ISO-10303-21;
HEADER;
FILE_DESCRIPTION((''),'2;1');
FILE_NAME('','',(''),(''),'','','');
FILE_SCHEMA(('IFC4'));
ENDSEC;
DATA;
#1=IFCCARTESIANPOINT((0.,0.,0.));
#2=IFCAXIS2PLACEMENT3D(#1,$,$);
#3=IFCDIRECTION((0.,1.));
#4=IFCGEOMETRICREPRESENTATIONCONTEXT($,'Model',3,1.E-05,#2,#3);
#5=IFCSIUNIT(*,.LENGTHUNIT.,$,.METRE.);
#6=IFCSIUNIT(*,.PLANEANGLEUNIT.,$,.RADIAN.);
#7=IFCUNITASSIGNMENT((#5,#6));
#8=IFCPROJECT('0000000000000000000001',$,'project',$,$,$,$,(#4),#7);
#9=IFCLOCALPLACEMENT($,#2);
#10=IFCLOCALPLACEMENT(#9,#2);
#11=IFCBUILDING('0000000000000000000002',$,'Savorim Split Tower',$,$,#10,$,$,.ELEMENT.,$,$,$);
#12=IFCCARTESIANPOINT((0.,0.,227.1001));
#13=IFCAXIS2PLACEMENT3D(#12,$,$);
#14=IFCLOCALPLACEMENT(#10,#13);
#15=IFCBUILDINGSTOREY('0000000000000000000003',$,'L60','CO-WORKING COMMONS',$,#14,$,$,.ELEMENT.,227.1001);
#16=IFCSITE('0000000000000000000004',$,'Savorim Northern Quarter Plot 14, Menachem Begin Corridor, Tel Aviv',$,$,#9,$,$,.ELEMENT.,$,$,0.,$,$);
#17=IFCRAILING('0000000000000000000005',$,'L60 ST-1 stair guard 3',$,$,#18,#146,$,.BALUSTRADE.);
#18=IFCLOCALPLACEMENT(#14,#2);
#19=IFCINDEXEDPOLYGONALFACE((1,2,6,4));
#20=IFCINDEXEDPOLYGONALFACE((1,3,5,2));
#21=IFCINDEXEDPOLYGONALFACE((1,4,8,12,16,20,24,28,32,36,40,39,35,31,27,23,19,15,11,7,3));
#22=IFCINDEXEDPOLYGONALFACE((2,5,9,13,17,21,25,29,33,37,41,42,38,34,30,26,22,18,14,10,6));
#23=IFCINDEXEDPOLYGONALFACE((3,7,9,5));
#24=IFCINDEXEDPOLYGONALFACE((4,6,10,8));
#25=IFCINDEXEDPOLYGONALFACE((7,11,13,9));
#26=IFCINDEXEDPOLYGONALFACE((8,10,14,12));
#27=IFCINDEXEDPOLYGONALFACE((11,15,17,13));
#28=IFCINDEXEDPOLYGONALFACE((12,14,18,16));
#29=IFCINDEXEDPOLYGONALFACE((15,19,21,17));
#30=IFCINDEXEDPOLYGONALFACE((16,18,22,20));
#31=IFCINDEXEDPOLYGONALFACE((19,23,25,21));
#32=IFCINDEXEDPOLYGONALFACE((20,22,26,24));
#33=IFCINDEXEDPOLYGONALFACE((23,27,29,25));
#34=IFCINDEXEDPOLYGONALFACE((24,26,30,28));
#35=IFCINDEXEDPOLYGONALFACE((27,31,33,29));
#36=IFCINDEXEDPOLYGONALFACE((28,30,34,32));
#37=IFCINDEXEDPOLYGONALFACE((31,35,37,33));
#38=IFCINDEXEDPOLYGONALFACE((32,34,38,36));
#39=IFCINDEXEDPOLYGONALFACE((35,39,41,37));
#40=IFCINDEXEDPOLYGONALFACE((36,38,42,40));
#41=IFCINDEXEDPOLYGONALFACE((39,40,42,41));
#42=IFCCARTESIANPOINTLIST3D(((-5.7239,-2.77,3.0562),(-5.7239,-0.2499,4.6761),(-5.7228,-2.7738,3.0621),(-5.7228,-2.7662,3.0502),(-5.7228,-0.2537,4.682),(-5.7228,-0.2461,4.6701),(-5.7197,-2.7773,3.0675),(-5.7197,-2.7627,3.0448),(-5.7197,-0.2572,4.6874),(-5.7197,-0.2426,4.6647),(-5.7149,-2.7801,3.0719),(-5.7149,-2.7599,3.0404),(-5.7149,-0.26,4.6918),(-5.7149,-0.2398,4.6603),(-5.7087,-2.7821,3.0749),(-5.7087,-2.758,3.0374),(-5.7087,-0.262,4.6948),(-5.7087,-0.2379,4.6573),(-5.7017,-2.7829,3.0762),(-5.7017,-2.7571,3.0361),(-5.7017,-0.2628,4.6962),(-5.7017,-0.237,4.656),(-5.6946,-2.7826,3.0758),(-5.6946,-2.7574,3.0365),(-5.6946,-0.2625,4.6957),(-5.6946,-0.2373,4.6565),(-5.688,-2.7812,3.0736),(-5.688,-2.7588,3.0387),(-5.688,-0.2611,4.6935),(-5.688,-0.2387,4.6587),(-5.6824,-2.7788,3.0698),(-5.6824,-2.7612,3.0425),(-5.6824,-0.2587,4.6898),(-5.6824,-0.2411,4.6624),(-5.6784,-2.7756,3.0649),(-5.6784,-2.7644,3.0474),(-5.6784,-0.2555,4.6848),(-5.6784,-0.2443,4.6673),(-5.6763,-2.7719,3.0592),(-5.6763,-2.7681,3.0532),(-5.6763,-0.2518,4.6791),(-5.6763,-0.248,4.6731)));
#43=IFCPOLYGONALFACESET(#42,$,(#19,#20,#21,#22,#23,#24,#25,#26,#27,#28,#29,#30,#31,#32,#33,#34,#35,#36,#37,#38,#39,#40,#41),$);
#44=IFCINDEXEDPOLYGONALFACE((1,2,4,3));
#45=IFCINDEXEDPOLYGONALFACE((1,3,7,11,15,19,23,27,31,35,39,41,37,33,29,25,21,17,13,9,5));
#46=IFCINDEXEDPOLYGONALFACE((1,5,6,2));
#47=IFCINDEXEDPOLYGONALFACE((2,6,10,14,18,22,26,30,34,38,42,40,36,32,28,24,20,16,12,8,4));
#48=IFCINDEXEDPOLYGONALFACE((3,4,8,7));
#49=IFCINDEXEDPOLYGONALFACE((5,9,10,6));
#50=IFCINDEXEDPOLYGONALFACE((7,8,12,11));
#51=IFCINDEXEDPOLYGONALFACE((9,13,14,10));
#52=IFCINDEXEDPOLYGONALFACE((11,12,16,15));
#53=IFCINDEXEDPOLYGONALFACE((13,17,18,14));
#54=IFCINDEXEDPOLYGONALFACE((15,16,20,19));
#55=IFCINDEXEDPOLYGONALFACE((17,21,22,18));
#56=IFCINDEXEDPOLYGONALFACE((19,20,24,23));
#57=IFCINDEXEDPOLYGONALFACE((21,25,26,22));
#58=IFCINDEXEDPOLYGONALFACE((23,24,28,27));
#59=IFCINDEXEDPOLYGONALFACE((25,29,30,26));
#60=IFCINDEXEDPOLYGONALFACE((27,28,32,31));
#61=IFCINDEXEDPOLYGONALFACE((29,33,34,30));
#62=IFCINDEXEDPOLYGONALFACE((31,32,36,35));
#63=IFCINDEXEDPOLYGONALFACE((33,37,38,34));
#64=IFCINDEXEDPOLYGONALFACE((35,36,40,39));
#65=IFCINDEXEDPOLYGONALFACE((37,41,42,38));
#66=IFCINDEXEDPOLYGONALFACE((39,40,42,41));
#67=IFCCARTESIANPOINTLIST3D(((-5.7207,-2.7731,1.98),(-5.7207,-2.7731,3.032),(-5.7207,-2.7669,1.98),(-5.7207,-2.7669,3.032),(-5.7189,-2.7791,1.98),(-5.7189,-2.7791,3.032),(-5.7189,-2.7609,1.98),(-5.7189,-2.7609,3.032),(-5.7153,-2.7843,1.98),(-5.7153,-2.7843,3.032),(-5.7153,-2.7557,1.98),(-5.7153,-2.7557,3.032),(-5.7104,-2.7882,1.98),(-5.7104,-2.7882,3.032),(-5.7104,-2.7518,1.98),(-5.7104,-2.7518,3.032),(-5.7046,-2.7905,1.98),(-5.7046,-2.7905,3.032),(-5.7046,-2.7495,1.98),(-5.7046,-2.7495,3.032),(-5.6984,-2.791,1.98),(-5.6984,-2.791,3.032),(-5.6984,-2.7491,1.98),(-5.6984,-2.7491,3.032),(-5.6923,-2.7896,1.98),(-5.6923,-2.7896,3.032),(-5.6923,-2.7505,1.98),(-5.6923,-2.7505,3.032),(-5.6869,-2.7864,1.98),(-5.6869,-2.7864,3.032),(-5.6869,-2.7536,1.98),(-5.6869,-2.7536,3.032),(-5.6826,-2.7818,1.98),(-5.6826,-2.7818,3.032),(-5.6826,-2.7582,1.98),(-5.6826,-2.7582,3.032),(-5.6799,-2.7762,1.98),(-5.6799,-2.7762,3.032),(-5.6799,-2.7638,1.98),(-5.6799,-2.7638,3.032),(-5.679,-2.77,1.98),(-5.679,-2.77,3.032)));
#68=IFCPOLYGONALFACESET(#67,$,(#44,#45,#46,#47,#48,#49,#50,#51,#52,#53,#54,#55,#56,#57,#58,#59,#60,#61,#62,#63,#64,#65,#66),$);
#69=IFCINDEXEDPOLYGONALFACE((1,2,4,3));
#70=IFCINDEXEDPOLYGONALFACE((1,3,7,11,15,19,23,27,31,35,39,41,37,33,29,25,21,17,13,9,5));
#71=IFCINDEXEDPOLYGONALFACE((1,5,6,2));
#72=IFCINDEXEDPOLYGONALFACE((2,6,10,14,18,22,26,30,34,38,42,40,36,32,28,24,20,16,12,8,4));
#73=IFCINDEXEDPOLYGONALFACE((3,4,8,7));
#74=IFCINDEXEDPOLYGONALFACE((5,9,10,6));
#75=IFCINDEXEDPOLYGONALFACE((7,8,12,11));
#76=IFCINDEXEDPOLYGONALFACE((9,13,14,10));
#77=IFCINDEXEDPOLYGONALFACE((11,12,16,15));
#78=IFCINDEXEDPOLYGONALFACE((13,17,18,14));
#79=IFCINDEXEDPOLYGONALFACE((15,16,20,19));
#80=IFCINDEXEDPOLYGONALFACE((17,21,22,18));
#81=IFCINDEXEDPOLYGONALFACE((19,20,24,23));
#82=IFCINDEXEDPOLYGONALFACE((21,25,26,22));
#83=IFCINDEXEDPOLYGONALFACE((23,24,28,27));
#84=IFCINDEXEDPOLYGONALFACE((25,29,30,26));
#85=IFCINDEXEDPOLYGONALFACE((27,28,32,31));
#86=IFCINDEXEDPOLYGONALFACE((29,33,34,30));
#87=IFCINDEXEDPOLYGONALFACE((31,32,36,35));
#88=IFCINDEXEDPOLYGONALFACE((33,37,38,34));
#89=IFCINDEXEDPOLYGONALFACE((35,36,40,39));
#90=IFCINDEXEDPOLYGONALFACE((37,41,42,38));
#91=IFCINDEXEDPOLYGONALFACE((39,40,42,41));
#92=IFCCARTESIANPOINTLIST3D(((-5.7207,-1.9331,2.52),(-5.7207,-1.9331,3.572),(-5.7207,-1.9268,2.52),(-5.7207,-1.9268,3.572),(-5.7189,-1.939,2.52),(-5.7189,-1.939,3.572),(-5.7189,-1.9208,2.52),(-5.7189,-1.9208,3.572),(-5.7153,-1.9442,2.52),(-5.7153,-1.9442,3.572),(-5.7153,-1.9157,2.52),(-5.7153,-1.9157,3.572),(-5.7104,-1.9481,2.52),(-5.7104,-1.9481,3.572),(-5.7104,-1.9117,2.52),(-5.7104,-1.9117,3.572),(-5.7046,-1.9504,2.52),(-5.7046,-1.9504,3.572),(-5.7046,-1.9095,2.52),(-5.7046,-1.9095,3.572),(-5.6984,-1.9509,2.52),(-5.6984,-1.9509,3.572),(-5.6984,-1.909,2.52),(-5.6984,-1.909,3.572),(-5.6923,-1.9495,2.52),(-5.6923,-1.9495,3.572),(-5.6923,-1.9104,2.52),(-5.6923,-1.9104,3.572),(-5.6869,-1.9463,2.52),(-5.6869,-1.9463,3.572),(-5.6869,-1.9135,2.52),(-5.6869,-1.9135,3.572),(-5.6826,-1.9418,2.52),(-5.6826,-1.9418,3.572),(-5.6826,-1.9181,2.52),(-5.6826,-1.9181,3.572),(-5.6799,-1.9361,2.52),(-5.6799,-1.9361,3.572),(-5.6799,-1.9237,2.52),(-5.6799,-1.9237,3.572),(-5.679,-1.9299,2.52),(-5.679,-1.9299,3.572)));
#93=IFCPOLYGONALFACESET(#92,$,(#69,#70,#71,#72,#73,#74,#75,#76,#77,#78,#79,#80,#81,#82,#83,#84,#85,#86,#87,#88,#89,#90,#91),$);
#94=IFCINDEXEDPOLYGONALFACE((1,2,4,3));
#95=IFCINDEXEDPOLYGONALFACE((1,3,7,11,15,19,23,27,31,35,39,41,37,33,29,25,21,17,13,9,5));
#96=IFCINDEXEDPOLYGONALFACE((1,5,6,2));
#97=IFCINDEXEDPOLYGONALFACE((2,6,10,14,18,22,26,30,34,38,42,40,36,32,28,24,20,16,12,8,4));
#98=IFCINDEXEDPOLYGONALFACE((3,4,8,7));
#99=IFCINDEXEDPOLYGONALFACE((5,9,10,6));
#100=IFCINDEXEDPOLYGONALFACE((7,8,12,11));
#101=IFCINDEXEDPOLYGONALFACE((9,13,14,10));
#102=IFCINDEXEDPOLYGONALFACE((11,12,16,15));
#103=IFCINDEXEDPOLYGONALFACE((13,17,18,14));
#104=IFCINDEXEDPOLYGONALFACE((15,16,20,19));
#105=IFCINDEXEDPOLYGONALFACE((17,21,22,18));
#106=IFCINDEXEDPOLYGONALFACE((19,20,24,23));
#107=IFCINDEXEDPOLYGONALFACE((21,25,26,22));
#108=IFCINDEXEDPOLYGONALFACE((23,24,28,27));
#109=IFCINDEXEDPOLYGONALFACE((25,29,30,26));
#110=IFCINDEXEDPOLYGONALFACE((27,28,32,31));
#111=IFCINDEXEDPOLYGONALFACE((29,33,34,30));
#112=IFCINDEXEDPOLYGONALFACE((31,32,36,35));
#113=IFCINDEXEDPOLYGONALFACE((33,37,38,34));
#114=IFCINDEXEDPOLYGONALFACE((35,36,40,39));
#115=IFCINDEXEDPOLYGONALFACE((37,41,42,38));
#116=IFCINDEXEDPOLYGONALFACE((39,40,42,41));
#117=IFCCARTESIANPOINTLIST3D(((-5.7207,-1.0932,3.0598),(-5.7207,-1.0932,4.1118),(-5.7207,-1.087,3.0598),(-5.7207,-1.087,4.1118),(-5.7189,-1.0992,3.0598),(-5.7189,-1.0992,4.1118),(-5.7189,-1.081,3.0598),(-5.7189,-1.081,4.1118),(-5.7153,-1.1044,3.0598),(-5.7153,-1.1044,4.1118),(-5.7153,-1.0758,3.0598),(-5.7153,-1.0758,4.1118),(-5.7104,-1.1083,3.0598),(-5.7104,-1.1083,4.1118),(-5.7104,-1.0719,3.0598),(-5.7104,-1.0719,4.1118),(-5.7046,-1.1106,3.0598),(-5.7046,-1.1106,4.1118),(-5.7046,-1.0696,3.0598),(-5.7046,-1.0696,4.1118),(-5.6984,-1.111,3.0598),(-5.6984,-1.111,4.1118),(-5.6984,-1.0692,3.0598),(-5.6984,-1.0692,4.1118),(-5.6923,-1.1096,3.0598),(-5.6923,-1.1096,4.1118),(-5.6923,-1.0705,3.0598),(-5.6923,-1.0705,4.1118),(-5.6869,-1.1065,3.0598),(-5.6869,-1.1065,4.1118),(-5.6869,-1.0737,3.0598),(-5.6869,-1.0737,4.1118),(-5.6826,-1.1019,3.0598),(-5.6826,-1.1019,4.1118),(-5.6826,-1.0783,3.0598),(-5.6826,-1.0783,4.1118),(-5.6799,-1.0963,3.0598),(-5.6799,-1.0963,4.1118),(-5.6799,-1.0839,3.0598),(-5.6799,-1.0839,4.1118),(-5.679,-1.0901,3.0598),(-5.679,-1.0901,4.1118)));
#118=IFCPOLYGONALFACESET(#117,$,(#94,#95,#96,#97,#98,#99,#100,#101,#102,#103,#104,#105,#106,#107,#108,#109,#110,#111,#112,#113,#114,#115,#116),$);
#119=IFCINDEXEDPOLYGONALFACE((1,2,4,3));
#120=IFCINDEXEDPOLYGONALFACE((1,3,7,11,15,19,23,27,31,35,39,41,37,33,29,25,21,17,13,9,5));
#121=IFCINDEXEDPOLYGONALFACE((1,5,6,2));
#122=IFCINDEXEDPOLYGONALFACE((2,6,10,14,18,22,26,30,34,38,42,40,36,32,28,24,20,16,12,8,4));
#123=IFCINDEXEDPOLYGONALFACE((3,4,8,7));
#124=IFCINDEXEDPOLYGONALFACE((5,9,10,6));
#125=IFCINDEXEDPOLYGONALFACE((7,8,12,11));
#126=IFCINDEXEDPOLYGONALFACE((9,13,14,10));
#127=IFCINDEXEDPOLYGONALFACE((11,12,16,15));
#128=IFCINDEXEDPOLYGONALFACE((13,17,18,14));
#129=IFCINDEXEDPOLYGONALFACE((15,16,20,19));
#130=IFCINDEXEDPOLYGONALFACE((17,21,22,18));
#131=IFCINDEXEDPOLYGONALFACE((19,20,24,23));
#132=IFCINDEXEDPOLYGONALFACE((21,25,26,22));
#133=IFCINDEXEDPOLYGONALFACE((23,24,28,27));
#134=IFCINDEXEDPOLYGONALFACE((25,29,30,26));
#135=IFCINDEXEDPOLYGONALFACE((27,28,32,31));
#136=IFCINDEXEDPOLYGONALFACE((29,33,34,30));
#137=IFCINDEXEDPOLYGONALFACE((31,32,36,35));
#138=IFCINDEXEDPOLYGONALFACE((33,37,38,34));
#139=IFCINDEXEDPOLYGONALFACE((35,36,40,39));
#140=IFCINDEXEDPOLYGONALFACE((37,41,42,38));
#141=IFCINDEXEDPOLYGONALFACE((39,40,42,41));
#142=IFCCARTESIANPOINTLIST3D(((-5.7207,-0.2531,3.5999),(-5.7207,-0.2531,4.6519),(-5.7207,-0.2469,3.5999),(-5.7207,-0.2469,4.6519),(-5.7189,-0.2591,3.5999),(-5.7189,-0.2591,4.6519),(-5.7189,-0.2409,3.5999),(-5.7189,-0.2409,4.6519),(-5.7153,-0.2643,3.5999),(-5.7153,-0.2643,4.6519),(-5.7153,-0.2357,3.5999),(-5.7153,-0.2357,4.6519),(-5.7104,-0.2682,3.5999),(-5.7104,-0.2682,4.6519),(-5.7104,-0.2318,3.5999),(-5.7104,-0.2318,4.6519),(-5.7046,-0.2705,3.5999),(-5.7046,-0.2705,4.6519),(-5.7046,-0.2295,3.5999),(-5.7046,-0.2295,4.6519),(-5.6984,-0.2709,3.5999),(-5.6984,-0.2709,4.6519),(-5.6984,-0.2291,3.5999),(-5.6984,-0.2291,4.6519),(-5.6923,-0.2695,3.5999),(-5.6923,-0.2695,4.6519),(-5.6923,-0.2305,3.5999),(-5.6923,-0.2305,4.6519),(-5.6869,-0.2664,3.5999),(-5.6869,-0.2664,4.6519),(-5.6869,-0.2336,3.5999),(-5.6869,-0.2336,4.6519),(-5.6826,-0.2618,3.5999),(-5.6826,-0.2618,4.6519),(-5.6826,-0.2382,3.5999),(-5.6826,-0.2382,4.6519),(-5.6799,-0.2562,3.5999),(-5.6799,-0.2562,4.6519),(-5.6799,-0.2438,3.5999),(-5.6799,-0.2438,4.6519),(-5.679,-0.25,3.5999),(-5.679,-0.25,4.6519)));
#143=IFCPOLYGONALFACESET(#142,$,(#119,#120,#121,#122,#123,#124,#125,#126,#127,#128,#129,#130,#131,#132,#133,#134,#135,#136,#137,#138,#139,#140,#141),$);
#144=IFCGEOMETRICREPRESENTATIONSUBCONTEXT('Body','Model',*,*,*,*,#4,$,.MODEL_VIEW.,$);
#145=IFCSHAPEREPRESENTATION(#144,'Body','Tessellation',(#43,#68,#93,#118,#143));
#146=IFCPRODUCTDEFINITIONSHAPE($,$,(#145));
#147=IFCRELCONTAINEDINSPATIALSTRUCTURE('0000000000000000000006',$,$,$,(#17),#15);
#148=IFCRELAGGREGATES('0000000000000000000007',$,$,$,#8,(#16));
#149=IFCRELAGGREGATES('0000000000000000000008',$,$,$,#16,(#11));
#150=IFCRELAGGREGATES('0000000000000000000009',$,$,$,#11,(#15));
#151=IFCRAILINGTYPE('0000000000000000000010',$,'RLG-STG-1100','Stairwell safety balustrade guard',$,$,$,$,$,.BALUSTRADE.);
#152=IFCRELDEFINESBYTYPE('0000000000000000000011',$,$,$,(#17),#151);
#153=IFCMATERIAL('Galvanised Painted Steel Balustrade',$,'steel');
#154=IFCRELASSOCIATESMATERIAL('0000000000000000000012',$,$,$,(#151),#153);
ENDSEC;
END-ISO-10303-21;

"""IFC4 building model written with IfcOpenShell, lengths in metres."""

from ifc_helpers import new_model, si_unit, direction, frame, origin, origin_2d, place, context, subcontext, project, spatial, circle, extrude, material, type_object, element, save


model = new_model("IFC4")

# Units and contexts
model_context = context("Model", 3, precision=1e-05, world=origin(), true_north=direction((0.0, 1.0)))
body_context = subcontext(model_context, "Body", "Model", "MODEL_VIEW")
ifc_project = project(units=[si_unit("LENGTHUNIT", "METRE"), si_unit("PLANEANGLEUNIT", "RADIAN")], contexts=[model_context])

# Site, building, storey
site_placement = place(None, origin())
site = spatial("IfcSite", under=ifc_project, at=site_placement, Name="Savorim Northern Quarter Plot 14, Menachem Begin Corridor, Tel Aviv", CompositionType="ELEMENT", RefElevation=0.0)
building_placement = place(site_placement, origin())
building = spatial("IfcBuilding", under=site, at=building_placement, Name="Savorim Split Tower", CompositionType="ELEMENT")
storey_placement = place(building_placement, frame((0.0, 0.0, 227.1001)))
storey = spatial("IfcBuildingStorey", under=building, at=storey_placement, Name="L60", Description="CO-WORKING COMMONS", CompositionType="ELEMENT", Elevation=227.1001)

# Railing
ifc_material_1 = material(Name="Galvanised Painted Steel Balustrade", Category="steel")
railing_type_1 = type_object("IfcRailingType", Name="RLG-STG-1100", Description="Stairwell safety balustrade guard", PredefinedType="BALUSTRADE", material=ifc_material_1)
railing_1_placement = place(storey_placement, frame((-5.7, -2.77, 1.98)))
element("IfcRailing", 1, at=railing_1_placement, inside=storey, type_object=railing_type_1, Name="L60 ST-1 stair guard 3", PredefinedType="BALUSTRADE", context=body_context, shape_type="SweptSolid", body=[
    extrude(circle(Radius=0.0239, at=origin_2d()), frame((0.0, 0.0, 1.0762), z_axis=(0.0, 0.8412, 0.540725), x_axis=(-1.0, 0.0, 0.0)), (0.0, 0.0, 1.0), 2.9958),
    extrude(circle(Radius=0.021, at=origin_2d()), origin(), (0.0, 0.0, 1.0), 1.052),
    extrude(circle(Radius=0.021, at=origin_2d()), frame((0.0, 0.8401, 0.54)), (0.0, 0.0, 1.0), 1.052),
    extrude(circle(Radius=0.021, at=origin_2d()), frame((0.0, 1.6799, 1.0798)), (0.0, 0.0, 1.0), 1.052),
    extrude(circle(Radius=0.021, at=origin_2d()), frame((0.0, 2.52, 1.6199)), (0.0, 0.0, 1.0), 1.052),
])

save(model, "model.ifc")
